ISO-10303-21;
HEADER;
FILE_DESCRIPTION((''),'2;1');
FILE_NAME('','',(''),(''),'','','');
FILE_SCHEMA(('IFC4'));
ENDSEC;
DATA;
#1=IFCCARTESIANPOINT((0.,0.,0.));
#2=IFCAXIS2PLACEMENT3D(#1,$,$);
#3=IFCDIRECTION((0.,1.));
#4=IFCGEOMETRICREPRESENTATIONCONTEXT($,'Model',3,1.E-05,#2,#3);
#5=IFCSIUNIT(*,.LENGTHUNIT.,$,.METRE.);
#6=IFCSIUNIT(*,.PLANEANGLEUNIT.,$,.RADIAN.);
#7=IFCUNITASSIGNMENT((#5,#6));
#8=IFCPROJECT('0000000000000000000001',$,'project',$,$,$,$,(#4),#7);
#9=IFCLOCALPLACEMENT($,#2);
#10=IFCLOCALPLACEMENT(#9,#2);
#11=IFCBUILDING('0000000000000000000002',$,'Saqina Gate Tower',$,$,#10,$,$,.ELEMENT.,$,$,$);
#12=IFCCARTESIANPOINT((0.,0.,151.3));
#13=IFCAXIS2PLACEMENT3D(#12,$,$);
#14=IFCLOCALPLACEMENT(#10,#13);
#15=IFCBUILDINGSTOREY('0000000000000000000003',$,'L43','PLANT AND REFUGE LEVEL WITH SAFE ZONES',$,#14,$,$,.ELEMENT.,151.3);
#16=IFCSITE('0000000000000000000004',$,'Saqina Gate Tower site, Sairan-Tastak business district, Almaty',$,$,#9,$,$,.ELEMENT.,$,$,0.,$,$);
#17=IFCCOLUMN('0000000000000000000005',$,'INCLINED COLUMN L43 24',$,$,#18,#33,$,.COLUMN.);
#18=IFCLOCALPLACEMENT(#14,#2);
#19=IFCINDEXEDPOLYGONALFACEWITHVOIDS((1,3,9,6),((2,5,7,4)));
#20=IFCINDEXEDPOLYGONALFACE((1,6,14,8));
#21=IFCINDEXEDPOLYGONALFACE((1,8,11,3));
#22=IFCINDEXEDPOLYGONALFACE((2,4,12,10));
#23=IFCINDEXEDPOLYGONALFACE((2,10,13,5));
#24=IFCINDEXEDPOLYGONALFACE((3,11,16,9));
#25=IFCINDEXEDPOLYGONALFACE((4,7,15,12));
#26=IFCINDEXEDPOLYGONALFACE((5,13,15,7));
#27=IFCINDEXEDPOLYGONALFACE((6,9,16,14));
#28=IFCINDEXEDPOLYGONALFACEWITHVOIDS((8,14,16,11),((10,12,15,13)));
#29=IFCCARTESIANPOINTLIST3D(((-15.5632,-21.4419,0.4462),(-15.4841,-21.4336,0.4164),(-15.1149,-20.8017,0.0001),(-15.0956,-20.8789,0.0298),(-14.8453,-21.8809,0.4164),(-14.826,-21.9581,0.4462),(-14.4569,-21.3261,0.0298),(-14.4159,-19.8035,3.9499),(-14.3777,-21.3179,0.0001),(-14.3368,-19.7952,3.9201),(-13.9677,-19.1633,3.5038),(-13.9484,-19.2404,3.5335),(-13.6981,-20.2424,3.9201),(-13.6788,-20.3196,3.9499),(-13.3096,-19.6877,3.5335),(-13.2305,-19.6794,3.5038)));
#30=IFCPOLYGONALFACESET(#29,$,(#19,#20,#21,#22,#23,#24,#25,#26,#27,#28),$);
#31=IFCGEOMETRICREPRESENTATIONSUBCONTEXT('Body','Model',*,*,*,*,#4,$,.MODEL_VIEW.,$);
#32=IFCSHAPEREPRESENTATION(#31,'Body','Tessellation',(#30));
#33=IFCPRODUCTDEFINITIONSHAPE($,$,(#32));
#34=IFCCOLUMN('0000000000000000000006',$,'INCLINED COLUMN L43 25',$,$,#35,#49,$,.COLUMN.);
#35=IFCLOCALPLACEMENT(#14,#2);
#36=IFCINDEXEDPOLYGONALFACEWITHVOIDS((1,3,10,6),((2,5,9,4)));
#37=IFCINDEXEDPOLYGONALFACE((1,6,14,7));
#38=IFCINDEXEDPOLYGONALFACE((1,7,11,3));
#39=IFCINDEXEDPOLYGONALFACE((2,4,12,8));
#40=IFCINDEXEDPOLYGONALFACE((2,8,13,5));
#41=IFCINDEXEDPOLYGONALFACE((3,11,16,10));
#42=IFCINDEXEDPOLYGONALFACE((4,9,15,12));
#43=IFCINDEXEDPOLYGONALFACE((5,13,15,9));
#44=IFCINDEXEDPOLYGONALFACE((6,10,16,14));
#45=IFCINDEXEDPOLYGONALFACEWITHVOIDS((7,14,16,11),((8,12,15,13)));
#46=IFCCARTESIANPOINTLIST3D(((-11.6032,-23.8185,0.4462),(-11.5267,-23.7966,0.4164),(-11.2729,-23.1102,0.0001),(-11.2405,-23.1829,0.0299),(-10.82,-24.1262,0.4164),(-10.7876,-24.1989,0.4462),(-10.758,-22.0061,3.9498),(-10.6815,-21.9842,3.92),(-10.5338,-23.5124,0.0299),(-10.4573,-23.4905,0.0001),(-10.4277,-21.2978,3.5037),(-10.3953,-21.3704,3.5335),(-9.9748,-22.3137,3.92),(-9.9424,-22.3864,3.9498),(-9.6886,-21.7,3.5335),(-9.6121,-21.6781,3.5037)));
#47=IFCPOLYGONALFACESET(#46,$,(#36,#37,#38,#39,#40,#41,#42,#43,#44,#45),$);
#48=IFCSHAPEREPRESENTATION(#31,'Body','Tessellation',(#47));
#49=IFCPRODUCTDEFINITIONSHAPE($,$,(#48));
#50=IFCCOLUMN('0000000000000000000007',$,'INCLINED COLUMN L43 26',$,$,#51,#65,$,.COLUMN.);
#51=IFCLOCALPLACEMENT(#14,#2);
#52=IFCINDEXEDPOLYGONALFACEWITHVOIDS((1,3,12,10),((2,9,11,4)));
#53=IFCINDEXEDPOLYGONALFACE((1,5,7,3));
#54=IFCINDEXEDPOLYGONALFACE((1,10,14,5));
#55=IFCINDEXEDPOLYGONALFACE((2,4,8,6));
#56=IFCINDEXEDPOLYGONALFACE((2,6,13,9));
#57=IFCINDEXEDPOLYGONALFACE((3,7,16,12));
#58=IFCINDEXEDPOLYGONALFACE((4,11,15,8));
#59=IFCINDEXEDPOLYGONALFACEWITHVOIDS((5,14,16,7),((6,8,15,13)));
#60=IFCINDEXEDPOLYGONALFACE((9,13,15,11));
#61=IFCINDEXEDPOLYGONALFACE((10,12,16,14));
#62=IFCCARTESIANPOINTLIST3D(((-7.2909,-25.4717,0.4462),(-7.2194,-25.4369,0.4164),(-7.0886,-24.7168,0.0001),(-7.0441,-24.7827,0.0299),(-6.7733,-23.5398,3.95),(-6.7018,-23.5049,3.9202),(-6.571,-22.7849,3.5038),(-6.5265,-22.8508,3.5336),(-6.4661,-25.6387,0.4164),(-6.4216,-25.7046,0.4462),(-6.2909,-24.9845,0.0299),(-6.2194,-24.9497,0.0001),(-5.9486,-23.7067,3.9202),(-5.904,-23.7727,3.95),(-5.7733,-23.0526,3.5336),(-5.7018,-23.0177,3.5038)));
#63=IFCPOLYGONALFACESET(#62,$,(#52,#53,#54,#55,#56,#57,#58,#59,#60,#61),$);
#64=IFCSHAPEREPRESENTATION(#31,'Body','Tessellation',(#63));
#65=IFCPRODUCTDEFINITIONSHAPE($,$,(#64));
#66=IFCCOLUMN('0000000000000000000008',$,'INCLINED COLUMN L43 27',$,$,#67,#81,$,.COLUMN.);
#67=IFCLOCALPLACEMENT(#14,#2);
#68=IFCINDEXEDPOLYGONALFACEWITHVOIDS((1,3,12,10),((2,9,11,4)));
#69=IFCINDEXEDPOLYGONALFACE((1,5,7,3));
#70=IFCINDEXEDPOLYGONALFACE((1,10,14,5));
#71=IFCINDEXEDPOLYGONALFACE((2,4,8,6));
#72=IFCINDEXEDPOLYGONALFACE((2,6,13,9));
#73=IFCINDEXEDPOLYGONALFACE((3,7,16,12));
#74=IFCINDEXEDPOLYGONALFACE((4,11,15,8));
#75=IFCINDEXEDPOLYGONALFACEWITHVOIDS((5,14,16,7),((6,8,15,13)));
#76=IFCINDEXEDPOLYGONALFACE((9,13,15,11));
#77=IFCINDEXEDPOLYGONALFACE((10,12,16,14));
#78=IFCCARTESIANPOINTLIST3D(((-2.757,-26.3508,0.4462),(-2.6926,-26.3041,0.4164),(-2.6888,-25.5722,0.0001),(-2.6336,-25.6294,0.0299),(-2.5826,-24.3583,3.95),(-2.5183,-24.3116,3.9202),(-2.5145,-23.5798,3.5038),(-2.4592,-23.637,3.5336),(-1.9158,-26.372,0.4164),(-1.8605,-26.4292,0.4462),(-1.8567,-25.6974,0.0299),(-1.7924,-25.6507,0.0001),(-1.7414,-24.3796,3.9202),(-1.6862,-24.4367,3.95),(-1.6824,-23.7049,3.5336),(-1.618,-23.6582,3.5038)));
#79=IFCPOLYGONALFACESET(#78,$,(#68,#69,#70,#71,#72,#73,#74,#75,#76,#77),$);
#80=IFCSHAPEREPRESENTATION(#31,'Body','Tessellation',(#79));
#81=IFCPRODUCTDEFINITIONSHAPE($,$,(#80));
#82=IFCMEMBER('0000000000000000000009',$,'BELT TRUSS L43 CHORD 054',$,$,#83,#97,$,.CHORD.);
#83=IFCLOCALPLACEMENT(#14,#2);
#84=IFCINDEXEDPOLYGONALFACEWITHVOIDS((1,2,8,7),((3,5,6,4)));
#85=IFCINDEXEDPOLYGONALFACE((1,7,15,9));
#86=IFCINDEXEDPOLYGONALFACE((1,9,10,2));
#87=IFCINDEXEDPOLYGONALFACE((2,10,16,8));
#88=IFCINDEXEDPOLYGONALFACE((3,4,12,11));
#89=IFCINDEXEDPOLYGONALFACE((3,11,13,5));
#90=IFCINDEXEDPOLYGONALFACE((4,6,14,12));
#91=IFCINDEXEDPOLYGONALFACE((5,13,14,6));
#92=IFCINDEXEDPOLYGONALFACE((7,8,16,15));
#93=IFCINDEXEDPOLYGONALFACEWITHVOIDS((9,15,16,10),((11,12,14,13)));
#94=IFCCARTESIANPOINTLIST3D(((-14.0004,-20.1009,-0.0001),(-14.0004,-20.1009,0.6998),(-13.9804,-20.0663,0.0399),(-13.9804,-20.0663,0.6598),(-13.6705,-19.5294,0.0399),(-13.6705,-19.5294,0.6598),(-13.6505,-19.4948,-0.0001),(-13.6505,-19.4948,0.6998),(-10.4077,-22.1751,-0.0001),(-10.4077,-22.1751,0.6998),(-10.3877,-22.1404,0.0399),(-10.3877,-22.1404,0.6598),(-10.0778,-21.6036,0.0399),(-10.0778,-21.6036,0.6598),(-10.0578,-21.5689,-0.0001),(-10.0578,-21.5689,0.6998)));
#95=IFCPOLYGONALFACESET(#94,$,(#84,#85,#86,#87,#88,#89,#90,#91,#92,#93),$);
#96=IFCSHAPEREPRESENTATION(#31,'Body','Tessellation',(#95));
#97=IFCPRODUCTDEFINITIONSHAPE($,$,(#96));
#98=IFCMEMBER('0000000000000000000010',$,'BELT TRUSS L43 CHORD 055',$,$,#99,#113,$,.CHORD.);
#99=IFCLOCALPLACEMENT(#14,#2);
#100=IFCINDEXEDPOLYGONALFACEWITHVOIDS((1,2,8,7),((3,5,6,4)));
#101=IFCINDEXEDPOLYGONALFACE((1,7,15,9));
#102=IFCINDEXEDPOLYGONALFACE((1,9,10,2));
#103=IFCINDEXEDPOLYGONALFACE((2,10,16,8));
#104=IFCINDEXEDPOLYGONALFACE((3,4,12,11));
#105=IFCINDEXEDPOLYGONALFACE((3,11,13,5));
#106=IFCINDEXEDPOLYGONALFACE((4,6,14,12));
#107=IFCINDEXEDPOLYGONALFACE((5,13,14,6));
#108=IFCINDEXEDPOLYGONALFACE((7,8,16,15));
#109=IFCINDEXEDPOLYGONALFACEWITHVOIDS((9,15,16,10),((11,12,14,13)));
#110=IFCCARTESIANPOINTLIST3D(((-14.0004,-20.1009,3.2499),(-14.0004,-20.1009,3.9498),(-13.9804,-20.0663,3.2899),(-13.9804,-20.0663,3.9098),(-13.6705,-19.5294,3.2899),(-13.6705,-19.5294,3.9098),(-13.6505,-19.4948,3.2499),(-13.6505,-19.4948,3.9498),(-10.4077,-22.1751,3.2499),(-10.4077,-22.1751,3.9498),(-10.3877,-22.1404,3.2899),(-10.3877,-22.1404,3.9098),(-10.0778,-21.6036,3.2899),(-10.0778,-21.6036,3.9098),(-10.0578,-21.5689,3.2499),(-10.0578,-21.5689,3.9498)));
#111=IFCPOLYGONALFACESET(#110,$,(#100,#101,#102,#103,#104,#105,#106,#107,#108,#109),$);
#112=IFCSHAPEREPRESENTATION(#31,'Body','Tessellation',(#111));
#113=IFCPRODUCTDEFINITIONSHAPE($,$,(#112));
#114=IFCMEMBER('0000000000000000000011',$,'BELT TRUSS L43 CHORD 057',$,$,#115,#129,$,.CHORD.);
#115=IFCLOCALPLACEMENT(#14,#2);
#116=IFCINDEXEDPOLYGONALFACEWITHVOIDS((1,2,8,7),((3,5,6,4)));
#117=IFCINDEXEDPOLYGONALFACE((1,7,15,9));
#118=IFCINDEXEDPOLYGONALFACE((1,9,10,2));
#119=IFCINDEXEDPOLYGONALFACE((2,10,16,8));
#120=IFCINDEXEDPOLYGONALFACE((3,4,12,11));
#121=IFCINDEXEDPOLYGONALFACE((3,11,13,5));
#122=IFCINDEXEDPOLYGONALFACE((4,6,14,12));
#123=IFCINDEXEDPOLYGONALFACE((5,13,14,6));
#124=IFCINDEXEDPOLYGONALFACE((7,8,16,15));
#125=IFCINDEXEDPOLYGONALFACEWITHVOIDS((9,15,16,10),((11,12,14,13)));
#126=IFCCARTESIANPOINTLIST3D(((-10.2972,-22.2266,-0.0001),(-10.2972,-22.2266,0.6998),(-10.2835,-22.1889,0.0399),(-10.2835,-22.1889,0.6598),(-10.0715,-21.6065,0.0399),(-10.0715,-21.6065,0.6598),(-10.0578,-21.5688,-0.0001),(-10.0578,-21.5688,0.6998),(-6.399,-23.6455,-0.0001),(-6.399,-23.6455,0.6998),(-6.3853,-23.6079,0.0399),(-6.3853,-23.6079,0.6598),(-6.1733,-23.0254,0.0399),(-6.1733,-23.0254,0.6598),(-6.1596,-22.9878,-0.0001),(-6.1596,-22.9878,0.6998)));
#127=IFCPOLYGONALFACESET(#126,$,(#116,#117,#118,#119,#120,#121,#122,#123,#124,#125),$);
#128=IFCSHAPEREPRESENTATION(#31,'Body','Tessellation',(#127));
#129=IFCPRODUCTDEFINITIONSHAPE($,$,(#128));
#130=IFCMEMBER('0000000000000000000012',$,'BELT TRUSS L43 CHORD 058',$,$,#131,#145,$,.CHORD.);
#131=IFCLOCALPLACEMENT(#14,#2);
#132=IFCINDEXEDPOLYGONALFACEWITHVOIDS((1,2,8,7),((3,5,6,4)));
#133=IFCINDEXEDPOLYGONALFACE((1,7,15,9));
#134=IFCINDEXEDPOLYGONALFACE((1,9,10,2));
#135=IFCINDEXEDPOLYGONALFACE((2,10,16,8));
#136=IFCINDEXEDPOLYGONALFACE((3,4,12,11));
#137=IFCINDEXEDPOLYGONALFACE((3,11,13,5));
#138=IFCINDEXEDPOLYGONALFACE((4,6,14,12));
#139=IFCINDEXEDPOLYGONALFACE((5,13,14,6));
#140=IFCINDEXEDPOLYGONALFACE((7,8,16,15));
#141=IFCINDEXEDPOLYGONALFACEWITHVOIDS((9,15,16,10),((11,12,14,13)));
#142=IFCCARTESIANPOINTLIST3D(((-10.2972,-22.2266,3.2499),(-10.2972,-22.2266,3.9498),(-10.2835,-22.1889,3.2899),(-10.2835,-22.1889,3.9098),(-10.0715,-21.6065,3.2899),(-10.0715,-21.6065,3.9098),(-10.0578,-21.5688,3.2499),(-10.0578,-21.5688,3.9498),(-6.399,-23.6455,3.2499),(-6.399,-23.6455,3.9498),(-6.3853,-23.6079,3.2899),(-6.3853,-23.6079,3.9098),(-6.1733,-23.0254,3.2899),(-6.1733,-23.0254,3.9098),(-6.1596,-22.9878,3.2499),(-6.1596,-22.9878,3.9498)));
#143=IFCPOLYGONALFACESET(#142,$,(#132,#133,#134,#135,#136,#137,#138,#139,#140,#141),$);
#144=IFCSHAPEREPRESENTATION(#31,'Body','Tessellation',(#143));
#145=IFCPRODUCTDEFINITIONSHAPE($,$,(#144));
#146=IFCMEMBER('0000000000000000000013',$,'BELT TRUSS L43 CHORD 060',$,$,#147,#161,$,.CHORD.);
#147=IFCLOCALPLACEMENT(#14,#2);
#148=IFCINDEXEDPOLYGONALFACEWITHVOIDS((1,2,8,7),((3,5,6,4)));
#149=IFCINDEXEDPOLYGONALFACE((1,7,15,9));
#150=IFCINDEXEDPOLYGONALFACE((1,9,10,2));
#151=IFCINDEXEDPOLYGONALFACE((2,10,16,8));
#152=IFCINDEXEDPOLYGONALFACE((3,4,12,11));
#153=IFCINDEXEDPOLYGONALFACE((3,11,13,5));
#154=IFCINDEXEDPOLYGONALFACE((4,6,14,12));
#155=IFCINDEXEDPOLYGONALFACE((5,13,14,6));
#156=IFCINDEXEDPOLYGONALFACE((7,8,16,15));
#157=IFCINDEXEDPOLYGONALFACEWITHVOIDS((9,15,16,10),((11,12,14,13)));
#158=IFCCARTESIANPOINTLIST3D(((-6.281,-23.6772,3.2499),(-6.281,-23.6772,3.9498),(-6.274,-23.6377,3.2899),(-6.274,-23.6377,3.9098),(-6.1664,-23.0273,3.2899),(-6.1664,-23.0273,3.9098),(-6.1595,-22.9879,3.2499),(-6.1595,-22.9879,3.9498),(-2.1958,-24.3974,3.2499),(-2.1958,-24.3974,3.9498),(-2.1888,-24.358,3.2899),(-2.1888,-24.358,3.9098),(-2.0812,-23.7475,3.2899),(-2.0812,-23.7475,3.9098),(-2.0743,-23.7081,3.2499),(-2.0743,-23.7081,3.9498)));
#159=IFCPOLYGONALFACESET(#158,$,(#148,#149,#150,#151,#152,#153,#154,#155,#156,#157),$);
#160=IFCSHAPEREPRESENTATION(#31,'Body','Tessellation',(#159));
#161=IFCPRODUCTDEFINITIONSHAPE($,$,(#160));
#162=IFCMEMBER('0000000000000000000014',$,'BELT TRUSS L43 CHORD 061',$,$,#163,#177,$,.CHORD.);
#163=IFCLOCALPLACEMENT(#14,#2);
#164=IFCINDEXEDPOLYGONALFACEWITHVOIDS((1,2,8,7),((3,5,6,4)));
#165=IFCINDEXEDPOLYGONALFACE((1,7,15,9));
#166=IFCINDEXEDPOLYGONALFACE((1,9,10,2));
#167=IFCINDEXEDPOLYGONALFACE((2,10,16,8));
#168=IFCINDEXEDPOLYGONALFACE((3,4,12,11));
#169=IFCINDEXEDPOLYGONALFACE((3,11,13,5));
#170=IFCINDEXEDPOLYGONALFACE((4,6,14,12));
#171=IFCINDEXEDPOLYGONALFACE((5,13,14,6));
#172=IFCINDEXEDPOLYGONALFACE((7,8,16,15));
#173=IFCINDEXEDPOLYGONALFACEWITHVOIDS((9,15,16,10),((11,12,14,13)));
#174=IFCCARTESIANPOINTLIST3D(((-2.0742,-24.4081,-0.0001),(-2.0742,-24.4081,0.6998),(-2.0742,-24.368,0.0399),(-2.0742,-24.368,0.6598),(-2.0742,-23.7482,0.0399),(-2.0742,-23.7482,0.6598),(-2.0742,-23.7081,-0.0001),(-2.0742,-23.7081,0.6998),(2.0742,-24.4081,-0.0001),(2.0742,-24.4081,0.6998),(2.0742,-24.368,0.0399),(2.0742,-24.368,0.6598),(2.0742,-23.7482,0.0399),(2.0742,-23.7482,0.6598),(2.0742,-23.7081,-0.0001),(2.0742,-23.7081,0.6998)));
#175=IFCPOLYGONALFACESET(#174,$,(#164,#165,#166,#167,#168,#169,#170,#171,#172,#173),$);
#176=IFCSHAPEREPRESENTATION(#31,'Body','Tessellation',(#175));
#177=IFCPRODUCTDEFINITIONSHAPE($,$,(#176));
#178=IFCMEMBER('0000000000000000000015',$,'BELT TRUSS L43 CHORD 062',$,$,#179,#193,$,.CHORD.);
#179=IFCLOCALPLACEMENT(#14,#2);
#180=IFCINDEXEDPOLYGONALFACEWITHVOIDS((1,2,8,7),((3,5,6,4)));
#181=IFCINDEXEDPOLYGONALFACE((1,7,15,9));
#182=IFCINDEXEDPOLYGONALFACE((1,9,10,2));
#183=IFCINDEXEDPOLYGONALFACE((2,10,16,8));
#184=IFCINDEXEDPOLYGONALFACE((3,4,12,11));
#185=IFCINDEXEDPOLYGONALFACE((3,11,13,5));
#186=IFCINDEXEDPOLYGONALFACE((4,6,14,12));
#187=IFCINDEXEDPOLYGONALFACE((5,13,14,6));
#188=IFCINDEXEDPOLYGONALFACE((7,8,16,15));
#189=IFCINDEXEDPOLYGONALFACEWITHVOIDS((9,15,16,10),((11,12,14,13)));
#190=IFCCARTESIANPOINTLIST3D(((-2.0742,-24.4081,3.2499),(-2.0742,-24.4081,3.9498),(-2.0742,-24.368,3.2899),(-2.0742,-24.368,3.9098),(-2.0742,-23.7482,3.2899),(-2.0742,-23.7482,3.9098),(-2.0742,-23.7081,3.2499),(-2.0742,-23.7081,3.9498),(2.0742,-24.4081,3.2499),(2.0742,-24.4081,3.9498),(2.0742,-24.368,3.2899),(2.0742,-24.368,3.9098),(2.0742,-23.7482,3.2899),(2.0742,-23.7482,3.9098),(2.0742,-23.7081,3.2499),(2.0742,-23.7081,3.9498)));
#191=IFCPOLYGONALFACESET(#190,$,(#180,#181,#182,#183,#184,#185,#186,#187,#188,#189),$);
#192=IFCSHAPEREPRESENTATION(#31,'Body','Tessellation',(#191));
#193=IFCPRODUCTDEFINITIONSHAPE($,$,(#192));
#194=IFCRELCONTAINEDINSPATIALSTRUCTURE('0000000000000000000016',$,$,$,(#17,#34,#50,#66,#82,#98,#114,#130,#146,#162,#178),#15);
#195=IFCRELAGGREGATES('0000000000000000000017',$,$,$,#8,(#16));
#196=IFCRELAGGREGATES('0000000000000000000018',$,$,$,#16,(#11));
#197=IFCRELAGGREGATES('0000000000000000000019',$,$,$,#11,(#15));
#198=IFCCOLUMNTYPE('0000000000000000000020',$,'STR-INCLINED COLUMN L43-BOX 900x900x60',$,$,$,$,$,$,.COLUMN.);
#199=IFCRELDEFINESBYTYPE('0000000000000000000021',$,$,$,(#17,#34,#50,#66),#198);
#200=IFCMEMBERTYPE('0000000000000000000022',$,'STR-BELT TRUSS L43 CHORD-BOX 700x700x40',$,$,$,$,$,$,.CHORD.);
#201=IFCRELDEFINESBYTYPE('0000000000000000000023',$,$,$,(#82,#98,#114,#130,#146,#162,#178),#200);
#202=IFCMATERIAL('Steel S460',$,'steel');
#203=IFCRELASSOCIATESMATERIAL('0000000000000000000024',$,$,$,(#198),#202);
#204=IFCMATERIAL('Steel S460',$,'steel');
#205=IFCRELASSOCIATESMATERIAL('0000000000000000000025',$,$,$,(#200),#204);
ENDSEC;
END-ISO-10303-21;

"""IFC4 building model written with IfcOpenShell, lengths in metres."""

from ifc_helpers import new_model, si_unit, direction, frame, origin, origin_2d, place, context, subcontext, project, spatial, hollow_rectangle, extrude, material, material_profile, profile_set, type_object, element, save


model = new_model("IFC4")

# Units and contexts
model_context = context("Model", 3, precision=1e-05, world=origin(), true_north=direction((0.0, 1.0)))
body_context = subcontext(model_context, "Body", "Model", "MODEL_VIEW")
ifc_project = project(units=[si_unit("LENGTHUNIT", "METRE"), si_unit("PLANEANGLEUNIT", "RADIAN")], contexts=[model_context])

# Site, building, storey
site_placement = place(None, origin())
site = spatial("IfcSite", under=ifc_project, at=site_placement, Name="Saqina Gate Tower site, Sairan-Tastak business district, Almaty", CompositionType="ELEMENT", RefElevation=0.0)
building_placement = place(site_placement, origin())
building = spatial("IfcBuilding", under=site, at=building_placement, Name="Saqina Gate Tower", CompositionType="ELEMENT")
storey_placement = place(building_placement, frame((0.0, 0.0, 151.3)))
storey = spatial("IfcBuildingStorey", under=building, at=storey_placement, Name="L43", Description="PLANT AND REFUGE LEVEL WITH SAFE ZONES", CompositionType="ELEMENT", Elevation=151.3)

# Columns
ifc_material_1 = material(Name="Steel S460", Category="steel")
ifc_material_profile_1 = material_profile(ifc_material_1, hollow_rectangle(XDim=0.8999, YDim=0.8999, WallThickness=0.0601, at=origin_2d()), Name="BOX 900x900x60")
ifc_profile_set_1 = profile_set([ifc_material_profile_1], Name="Steel S460")
column_type = type_object("IfcColumnType", Name="STR-INCLINED COLUMN L43-BOX 900x900x60", PredefinedType="COLUMN", material=ifc_profile_set_1)
column_1_placement = place(storey_placement, frame((-14.9705, -21.3799, 0.2231), z_axis=(0.28436, 0.406117, 0.868452), x_axis=(-0.819157, 0.573569, 0.0)))
element("IfcColumn", 1, at=column_1_placement, inside=storey, type_object=column_type, Name="INCLINED COLUMN L43 24", PredefinedType="COLUMN", context=body_context, shape_type="SweptSolid", body=[
    extrude(hollow_rectangle(XDim=0.8999, YDim=0.8999, WallThickness=0.0601, at=origin_2d()), origin(), (0.0, 0.0, 1.0), 4.0344),
])
column_2_placement = place(storey_placement, frame((-11.0303, -23.6545, 0.2231), z_axis=(0.20951, 0.449278, 0.868479), x_axis=(-0.906302, 0.422631, 0.0)))
element("IfcColumn", 2, at=column_2_placement, inside=storey, type_object=column_type, Name="INCLINED COLUMN L43 25", PredefinedType="COLUMN", context=body_context, shape_type="SweptSolid", body=[
    extrude(hollow_rectangle(XDim=0.8999, YDim=0.8999, WallThickness=0.0601, at=origin_2d()), origin(), (0.0, 0.0, 1.0), 4.0342),
])
for number, where, z_axis, x_axis, name in (
    (3, (-6.7551, -25.2107, 0.2231), (0.128294, 0.478863, 0.868465), (-0.965934, 0.258787, 0.0), "INCLINED COLUMN L43 26"),
    (4, (-2.2747, -26.0007, 0.2231), (0.043208, 0.493869, 0.868462), (-0.996195, 0.087156, 0.0), "INCLINED COLUMN L43 27"),
):
    element("IfcColumn", number, at=place(storey_placement, frame(where, z_axis=z_axis, x_axis=x_axis)), inside=storey, type_object=column_type, Name=name, PredefinedType="COLUMN", context=body_context, shape_type="SweptSolid", body=[
        extrude(hollow_rectangle(XDim=0.8999, YDim=0.8999, WallThickness=0.0601, at=origin_2d()), origin(), (0.0, 0.0, 1.0), 4.0344),
    ])

# Members
ifc_material_2 = material(Name="Steel S460", Category="steel")
ifc_material_profile_2 = material_profile(ifc_material_2, hollow_rectangle(XDim=0.7, YDim=0.7, WallThickness=0.04, at=origin_2d()), Name="BOX 700x700x40")
ifc_profile_set_2 = profile_set([ifc_material_profile_2], Name="Steel S460")
member_type_1 = type_object("IfcMemberType", Name="STR-BELT TRUSS L43 CHORD-BOX 700x700x40", PredefinedType="CHORD", material=ifc_profile_set_2)
for number, where, z_axis, x_axis, name in (
    (5, (-13.8254, -19.7979, 0.3499), (0.866033, -0.499987, 0.0), (0.499987, 0.866033, 0.0), "BELT TRUSS L43 CHORD 054"),
    (6, (-13.8254, -19.7979, 3.5999), (0.866033, -0.499987, 0.0), (0.499987, 0.866033, 0.0), "BELT TRUSS L43 CHORD 055"),
    (7, (-10.1775, -21.8977, 0.3499), (0.939683, -0.342045, 0.0), (0.342045, 0.939683, 0.0), "BELT TRUSS L43 CHORD 057"),
    (8, (-10.1775, -21.8977, 3.5999), (0.939683, -0.342045, 0.0), (0.342045, 0.939683, 0.0), "BELT TRUSS L43 CHORD 058"),
):
    element("IfcMember", number, at=place(storey_placement, frame(where, z_axis=z_axis, x_axis=x_axis)), inside=storey, type_object=member_type_1, Name=name, PredefinedType="CHORD", context=body_context, shape_type="SweptSolid", body=[
        extrude(hollow_rectangle(XDim=0.7, YDim=0.7, WallThickness=0.04, at=origin_2d()), origin(), (0.0, 0.0, 1.0), 4.1484),
    ])
member_placement = place(storey_placement, frame((-6.2202, -23.3325, 3.5999), z_axis=(0.984813, -0.173621, 0.0), x_axis=(0.173621, 0.984813, 0.0)))
element("IfcMember", 9, at=member_placement, inside=storey, type_object=member_type_1, Name="BELT TRUSS L43 CHORD 060", PredefinedType="CHORD", context=body_context, shape_type="SweptSolid", body=[
    extrude(hollow_rectangle(XDim=0.7, YDim=0.7, WallThickness=0.04, at=origin_2d()), origin(), (0.0, 0.0, 1.0), 4.1482),
])
for number, where, z_axis, x_axis, name in (
    (10, (-2.0742, -24.0581, 0.3499), (1.0, 0.0, 0.0), (0.0, 1.0, 0.0), "BELT TRUSS L43 CHORD 061"),
    (11, (-2.0742, -24.0581, 3.5999), (1.0, 0.0, 0.0), (0.0, 1.0, 0.0), "BELT TRUSS L43 CHORD 062"),
):
    element("IfcMember", number, at=place(storey_placement, frame(where, z_axis=z_axis, x_axis=x_axis)), inside=storey, type_object=member_type_1, Name=name, PredefinedType="CHORD", context=body_context, shape_type="SweptSolid", body=[
        extrude(hollow_rectangle(XDim=0.7, YDim=0.7, WallThickness=0.04, at=origin_2d()), origin(), (0.0, 0.0, 1.0), 4.1484),
    ])

save(model, "model.ifc")
